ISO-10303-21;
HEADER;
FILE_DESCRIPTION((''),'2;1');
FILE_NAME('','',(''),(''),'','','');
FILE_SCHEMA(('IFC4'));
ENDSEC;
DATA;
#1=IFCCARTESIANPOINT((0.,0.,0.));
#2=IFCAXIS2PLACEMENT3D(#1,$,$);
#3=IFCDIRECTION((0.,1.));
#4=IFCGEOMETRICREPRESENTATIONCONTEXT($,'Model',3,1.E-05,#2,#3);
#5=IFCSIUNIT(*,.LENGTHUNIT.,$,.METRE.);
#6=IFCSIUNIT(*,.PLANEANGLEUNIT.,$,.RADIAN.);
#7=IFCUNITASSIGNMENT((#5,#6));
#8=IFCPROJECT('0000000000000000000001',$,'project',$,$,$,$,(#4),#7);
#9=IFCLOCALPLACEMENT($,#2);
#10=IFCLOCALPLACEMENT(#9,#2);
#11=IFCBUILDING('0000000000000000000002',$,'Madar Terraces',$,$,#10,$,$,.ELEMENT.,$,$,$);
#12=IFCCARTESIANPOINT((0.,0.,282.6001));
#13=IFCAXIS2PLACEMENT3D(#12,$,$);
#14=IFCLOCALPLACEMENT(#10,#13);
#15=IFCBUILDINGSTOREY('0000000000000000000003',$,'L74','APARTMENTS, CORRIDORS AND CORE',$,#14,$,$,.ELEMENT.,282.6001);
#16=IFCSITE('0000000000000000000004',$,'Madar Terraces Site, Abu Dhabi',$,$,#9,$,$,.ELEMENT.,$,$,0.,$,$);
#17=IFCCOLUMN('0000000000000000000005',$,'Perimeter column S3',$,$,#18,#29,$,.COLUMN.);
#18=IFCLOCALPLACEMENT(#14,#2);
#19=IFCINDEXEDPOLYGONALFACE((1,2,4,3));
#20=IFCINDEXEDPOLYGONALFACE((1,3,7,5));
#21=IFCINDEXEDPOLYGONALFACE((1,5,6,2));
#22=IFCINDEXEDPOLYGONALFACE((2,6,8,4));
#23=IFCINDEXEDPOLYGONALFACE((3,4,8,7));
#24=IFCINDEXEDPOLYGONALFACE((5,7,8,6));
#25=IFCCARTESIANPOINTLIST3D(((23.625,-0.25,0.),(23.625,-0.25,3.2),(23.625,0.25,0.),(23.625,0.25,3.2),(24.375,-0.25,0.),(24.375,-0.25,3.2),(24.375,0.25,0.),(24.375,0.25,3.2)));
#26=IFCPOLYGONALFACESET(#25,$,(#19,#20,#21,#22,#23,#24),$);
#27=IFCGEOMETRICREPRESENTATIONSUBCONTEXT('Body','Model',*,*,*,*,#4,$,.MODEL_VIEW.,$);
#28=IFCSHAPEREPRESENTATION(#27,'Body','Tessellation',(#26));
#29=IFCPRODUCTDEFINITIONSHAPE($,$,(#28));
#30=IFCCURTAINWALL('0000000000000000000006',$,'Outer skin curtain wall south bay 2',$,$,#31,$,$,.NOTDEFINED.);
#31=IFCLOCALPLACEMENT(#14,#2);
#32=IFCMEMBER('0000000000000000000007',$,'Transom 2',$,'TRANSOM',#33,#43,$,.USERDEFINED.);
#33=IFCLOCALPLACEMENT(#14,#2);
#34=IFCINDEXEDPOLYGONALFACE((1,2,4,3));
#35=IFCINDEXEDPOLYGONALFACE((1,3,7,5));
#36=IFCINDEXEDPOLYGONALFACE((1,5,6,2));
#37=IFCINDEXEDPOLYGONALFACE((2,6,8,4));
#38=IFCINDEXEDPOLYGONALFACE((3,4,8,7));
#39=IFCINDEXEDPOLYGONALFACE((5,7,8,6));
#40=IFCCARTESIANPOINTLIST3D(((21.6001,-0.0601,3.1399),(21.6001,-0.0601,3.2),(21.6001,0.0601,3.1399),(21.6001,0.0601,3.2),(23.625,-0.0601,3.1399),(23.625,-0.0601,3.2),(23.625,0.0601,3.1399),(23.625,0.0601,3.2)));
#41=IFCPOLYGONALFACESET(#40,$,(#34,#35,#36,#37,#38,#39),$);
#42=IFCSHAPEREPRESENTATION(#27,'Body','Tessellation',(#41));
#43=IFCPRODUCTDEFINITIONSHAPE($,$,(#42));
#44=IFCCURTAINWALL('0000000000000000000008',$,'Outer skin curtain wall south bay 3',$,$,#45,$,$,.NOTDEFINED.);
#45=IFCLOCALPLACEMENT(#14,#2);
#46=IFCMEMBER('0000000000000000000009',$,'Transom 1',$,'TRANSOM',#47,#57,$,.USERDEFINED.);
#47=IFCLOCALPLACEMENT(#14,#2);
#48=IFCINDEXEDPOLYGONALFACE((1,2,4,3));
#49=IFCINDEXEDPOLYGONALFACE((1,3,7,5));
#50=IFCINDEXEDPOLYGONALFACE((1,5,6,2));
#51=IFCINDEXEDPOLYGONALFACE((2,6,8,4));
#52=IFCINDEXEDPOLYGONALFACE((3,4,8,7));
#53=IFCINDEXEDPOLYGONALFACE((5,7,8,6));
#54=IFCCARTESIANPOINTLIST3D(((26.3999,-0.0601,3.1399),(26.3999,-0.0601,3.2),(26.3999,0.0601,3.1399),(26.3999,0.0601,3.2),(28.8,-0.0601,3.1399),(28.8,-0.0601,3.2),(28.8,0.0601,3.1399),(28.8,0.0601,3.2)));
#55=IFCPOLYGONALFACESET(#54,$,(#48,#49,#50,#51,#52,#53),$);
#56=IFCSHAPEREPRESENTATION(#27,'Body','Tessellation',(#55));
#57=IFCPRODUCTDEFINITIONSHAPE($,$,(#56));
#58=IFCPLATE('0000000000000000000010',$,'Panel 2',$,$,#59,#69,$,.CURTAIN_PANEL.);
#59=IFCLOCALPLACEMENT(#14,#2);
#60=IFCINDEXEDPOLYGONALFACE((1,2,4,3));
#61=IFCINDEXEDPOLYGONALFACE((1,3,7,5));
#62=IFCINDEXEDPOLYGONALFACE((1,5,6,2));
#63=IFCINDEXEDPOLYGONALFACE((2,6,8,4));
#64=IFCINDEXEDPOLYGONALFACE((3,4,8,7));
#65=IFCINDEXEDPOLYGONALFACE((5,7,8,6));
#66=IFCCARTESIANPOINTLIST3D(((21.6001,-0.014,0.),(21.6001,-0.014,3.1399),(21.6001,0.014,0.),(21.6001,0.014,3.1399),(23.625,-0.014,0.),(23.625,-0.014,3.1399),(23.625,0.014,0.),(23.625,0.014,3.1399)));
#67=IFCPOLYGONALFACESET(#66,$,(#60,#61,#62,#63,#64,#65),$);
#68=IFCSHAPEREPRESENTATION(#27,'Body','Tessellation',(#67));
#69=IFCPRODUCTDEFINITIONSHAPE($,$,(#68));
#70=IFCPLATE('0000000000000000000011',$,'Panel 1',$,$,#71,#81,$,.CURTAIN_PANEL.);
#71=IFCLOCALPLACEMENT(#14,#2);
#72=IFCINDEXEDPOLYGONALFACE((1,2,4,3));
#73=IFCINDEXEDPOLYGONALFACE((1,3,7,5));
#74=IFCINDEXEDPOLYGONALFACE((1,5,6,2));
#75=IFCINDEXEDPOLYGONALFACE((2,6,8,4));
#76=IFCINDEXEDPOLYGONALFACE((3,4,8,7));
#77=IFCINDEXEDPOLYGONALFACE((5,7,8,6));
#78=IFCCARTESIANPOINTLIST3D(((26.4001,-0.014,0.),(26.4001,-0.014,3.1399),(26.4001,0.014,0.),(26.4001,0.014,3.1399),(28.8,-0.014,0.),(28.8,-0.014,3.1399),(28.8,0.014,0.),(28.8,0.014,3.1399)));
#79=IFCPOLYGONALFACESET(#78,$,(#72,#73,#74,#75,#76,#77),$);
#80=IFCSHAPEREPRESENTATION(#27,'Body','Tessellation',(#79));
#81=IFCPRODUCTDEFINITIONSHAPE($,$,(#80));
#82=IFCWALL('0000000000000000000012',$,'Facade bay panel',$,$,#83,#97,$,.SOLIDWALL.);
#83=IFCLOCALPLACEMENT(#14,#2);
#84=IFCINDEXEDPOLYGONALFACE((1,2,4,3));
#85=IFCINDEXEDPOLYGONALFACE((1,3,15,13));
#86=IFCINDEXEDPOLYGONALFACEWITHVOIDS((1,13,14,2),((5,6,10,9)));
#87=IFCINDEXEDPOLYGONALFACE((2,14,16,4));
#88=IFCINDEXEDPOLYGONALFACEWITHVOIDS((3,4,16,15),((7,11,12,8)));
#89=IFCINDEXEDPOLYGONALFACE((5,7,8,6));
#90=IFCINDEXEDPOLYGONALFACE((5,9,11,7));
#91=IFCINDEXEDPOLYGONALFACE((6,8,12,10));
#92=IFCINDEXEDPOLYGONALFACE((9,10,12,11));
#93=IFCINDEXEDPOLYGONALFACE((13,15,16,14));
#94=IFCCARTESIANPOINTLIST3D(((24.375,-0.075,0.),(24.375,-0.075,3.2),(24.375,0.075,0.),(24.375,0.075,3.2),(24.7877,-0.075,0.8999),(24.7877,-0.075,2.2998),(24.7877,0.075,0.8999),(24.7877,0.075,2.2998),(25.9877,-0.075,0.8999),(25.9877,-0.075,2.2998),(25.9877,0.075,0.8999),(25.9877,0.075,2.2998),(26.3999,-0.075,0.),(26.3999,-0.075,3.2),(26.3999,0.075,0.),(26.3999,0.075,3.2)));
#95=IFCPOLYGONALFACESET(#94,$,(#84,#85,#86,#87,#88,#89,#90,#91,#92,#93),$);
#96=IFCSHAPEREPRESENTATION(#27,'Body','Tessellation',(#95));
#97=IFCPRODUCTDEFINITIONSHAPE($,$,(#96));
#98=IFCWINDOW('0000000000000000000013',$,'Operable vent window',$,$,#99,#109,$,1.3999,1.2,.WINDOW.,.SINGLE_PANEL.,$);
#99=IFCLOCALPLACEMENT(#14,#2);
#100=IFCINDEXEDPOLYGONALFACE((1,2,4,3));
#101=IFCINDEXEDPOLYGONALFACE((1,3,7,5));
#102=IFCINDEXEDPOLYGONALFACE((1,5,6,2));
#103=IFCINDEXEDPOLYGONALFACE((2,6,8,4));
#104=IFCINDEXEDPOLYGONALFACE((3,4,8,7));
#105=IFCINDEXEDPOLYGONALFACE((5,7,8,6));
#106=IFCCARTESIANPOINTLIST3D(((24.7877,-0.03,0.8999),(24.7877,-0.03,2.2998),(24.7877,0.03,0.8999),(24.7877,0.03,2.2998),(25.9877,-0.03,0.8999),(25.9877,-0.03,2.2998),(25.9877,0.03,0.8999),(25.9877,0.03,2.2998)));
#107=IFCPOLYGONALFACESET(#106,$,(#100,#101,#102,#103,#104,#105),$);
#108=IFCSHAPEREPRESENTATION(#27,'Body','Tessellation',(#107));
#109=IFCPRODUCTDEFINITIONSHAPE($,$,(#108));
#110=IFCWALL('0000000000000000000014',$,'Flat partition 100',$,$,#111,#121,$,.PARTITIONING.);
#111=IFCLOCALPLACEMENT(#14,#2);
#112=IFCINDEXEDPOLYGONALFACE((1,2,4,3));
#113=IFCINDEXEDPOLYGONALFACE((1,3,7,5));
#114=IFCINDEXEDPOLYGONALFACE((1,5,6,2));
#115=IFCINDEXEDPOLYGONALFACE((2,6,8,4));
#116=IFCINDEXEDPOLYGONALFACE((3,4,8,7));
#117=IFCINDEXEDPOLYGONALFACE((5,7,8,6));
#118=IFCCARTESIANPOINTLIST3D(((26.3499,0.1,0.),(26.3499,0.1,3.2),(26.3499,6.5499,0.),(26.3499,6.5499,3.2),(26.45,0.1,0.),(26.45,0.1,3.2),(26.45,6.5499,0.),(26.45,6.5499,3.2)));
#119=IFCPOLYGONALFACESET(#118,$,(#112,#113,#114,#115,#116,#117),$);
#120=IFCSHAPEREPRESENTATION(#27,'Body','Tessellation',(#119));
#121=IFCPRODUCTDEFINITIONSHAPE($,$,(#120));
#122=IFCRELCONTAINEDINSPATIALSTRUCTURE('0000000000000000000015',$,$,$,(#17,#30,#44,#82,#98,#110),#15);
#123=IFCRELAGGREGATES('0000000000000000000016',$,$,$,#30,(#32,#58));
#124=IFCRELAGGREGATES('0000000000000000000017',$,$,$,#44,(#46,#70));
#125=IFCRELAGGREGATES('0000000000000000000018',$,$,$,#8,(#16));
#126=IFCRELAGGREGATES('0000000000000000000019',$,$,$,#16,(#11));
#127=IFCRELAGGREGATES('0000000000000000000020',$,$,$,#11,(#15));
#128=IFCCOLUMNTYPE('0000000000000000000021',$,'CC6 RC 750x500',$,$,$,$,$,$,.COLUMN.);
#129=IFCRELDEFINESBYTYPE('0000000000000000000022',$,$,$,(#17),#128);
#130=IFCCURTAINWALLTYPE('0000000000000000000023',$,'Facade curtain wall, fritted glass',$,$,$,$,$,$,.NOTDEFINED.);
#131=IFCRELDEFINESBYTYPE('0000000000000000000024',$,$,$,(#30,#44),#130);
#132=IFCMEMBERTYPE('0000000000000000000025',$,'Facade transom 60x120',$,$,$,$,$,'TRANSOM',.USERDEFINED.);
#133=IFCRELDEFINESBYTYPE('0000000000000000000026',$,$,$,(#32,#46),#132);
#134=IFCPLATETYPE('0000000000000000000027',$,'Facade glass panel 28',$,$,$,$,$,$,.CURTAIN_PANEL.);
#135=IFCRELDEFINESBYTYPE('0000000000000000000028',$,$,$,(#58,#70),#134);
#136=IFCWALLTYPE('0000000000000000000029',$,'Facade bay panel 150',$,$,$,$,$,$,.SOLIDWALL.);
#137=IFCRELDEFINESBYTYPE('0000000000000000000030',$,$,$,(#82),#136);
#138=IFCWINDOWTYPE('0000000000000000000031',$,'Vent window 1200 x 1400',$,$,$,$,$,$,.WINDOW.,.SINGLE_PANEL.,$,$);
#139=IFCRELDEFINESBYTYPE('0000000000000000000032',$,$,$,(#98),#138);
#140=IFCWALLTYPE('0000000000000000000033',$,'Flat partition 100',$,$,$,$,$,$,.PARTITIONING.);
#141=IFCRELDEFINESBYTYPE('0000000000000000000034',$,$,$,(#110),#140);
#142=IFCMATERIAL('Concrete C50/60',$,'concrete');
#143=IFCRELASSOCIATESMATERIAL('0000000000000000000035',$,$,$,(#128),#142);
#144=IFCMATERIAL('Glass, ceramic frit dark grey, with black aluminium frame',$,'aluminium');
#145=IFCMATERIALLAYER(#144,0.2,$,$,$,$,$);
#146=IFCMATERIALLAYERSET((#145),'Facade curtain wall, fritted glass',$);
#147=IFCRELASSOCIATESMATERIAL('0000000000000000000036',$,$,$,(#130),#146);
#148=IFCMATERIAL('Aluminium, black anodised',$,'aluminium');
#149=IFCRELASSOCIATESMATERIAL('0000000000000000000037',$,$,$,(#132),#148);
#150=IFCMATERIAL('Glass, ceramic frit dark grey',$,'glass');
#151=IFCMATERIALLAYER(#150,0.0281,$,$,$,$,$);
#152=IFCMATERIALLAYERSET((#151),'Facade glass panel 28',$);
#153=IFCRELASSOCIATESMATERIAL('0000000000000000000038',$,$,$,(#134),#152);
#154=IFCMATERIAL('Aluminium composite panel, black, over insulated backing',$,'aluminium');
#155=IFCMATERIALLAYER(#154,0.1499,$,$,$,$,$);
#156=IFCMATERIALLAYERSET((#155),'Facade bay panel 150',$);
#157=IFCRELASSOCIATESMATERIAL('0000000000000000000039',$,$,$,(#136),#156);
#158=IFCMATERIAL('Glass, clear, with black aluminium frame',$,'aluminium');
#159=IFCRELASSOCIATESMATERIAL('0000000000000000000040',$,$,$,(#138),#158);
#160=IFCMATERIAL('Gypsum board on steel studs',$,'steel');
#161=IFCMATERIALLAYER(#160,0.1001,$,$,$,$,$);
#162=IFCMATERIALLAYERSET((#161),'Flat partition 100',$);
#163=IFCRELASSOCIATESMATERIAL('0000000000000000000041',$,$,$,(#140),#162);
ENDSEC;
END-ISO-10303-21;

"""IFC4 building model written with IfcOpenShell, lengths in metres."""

from ifc_helpers import new_model, si_unit, direction, frame, frame_2d, origin, origin_2d, place, context, subcontext, project, spatial, rectangle, extrude, material, layer, layer_set, material_profile, profile_set, type_object, element, fill, aggregate, save


model = new_model("IFC4")

# Units and contexts
model_context = context("Model", 3, precision=1e-05, world=origin(), true_north=direction((0.0, 1.0)))
body_context = subcontext(model_context, "Body", "Model", "MODEL_VIEW")
ifc_project = project(units=[si_unit("LENGTHUNIT", "METRE"), si_unit("PLANEANGLEUNIT", "RADIAN")], contexts=[model_context])

# Site, building, storey
site_placement = place(None, origin())
site = spatial("IfcSite", under=ifc_project, at=site_placement, Name="Madar Terraces Site, Abu Dhabi", CompositionType="ELEMENT", RefElevation=0.0)
building_placement = place(site_placement, origin())
building = spatial("IfcBuilding", under=site, at=building_placement, Name="Madar Terraces", CompositionType="ELEMENT")
storey_placement = place(building_placement, frame((0.0, 0.0, 282.6001)))
storey = spatial("IfcBuildingStorey", under=building, at=storey_placement, Name="L74", Description="APARTMENTS, CORRIDORS AND CORE", CompositionType="ELEMENT", Elevation=282.6001)

# Column
ifc_material_1 = material(Name="Concrete C50/60", Category="concrete")
ifc_material_profile_1 = material_profile(ifc_material_1, rectangle(XDim=0.75, YDim=0.5, at=origin_2d()), Name="CC6 RC 750x500")
ifc_profile_set_1 = profile_set([ifc_material_profile_1], Name="Concrete C50/60")
column_type = type_object("IfcColumnType", Name="CC6 RC 750x500", PredefinedType="COLUMN", material=ifc_profile_set_1)
column_placement = place(storey_placement, frame((24.0, 0.0, 0.0), z_axis=(0.0, 0.0, 1.0), x_axis=(1.0, 0.0, 0.0)))
element("IfcColumn", 1, at=column_placement, inside=storey, type_object=column_type, Name="Perimeter column S3", PredefinedType="COLUMN", context=body_context, shape_type="SweptSolid", body=[
    extrude(rectangle(XDim=0.75, YDim=0.5, at=origin_2d()), origin(), (0.0, 0.0, 1.0), 3.2),
])

# Curtain walls, members
ifc_material_2 = material(Name="Glass, ceramic frit dark grey, with black aluminium frame", Category="aluminium")
ifc_layer_1 = layer(ifc_material_2, 0.2)
ifc_layer_set_1 = layer_set([ifc_layer_1], Name="Facade curtain wall, fritted glass")
curtain_wall_type = type_object("IfcCurtainWallType", Name="Facade curtain wall, fritted glass", PredefinedType="NOTDEFINED", material=ifc_layer_set_1)
curtain_wall_1_placement = place(storey_placement, origin())
curtain_wall_1 = element("IfcCurtainWall", 2, at=curtain_wall_1_placement, inside=storey, type_object=curtain_wall_type, Name="Outer skin curtain wall south bay 2", PredefinedType="NOTDEFINED")
ifc_material_3 = material(Name="Aluminium, black anodised", Category="aluminium")
ifc_material_profile_2 = material_profile(ifc_material_3, rectangle(XDim=0.1201, YDim=0.0601, at=origin_2d()), Name="Facade transom 60x120")
ifc_profile_set_2 = profile_set([ifc_material_profile_2], Name="Aluminium, black anodised")
member_type = type_object("IfcMemberType", Name="Facade transom 60x120", ElementType="TRANSOM", PredefinedType="USERDEFINED", material=ifc_profile_set_2)
member_1_placement = place(storey_placement, frame((21.6001, 0.0, 3.1699), z_axis=(1.0, 0.0, 0.0), x_axis=(0.0, 1.0, 0.0)))
member_1 = element("IfcMember", 3, at=member_1_placement, type_object=member_type, Name="Transom 2", ObjectType="TRANSOM", PredefinedType="USERDEFINED", context=body_context, shape_type="SweptSolid", body=[
    extrude(rectangle(XDim=0.1201, YDim=0.0601, at=origin_2d()), origin(), (0.0, 0.0, 1.0), 2.0249),
])
curtain_wall_2_placement = place(storey_placement, origin())
curtain_wall_2 = element("IfcCurtainWall", 4, at=curtain_wall_2_placement, inside=storey, type_object=curtain_wall_type, Name="Outer skin curtain wall south bay 3", PredefinedType="NOTDEFINED")
member_2_placement = place(storey_placement, frame((26.3999, 0.0, 3.1699), z_axis=(1.0, 0.0, 0.0), x_axis=(0.0, 1.0, 0.0)))
member_2 = element("IfcMember", 5, at=member_2_placement, type_object=member_type, Name="Transom 1", ObjectType="TRANSOM", PredefinedType="USERDEFINED", context=body_context, shape_type="SweptSolid", body=[
    extrude(rectangle(XDim=0.1201, YDim=0.0601, at=origin_2d()), origin(), (0.0, 0.0, 1.0), 2.4001),
])

# Plates
ifc_material_4 = material(Name="Glass, ceramic frit dark grey", Category="glass")
ifc_layer_2 = layer(ifc_material_4, 0.0281)
ifc_layer_set_2 = layer_set([ifc_layer_2], Name="Facade glass panel 28")
plate_type = type_object("IfcPlateType", Name="Facade glass panel 28", PredefinedType="CURTAIN_PANEL", material=ifc_layer_set_2)
plate_1_placement = place(storey_placement, frame((22.6125, 0.0, 0.0), z_axis=(0.0, 0.0, 1.0), x_axis=(1.0, 0.0, 0.0)))
plate_1 = element("IfcPlate", 6, at=plate_1_placement, type_object=plate_type, Name="Panel 2", PredefinedType="CURTAIN_PANEL", context=body_context, shape_type="SweptSolid", body=[
    extrude(rectangle(XDim=2.0249, YDim=0.0281, at=origin_2d()), origin(), (0.0, 0.0, 1.0), 3.1399),
])
aggregate(curtain_wall_1, [member_1, plate_1])
plate_2_placement = place(storey_placement, frame((27.6001, 0.0, 0.0), z_axis=(0.0, 0.0, 1.0), x_axis=(1.0, 0.0, 0.0)))
plate_2 = element("IfcPlate", 7, at=plate_2_placement, type_object=plate_type, Name="Panel 1", PredefinedType="CURTAIN_PANEL", context=body_context, shape_type="SweptSolid", body=[
    extrude(rectangle(XDim=2.3999, YDim=0.0281, at=origin_2d()), origin(), (0.0, 0.0, 1.0), 3.1399),
])
aggregate(curtain_wall_2, [member_2, plate_2])

# Wall, opening, window
ifc_material_5 = material(Name="Aluminium composite panel, black, over insulated backing", Category="aluminium")
ifc_layer_3 = layer(ifc_material_5, 0.1499)
ifc_layer_set_3 = layer_set([ifc_layer_3], Name="Facade bay panel 150")
wall_type_1 = type_object("IfcWallType", Name="Facade bay panel 150", PredefinedType="SOLIDWALL", material=ifc_layer_set_3)
wall_1_placement = place(storey_placement, frame((24.375, 0.0, 0.0), z_axis=(0.0, 0.0, 1.0), x_axis=(1.0, 0.0, 0.0)))
wall_1 = element("IfcWall", 8, at=wall_1_placement, inside=storey, type_object=wall_type_1, Name="Facade bay panel", PredefinedType="SOLIDWALL", context=body_context, shape_type="SweptSolid", body=[
    extrude(rectangle(XDim=2.0249, YDim=0.1499, at=frame_2d((1.0125, 0.0))), origin(), (0.0, 0.0, 1.0), 3.2),
])
opening_1_placement = place(wall_1_placement, frame((0.4126, 0.0, 0.8999)))
opening_1 = element("IfcOpeningElement", 9, at=opening_1_placement, cuts=wall_1, PredefinedType="OPENING", context=body_context, shape_type="SweptSolid", body=[
    extrude(rectangle(XDim=1.2, YDim=1.3999, at=frame_2d((0.6001, 0.7))), frame((0.0, 0.085, 0.0), z_axis=(0.0, -1.0, 0.0), x_axis=(1.0, 0.0, 0.0)), (0.0, 0.0, 1.0), 0.1699),
])
ifc_material_6 = material(Name="Glass, clear, with black aluminium frame", Category="aluminium")
window_type = type_object("IfcWindowType", Name="Vent window 1200 x 1400", PartitioningType="SINGLE_PANEL", PredefinedType="WINDOW", material=ifc_material_6)
window_1_placement = place(opening_1_placement, origin())
window_1 = element("IfcWindow", 10, at=window_1_placement, inside=storey, type_object=window_type, Name="Operable vent window", OverallHeight=1.3999, OverallWidth=1.2, PartitioningType="SINGLE_PANEL", PredefinedType="WINDOW", context=body_context, shape_type="SweptSolid", body=[
    extrude(rectangle(XDim=1.2, YDim=1.3999, at=frame_2d((0.6001, 0.7))), frame((0.0, 0.03, 0.0), z_axis=(0.0, -1.0, 0.0), x_axis=(1.0, 0.0, 0.0)), (0.0, 0.0, 1.0), 0.0601),
])
fill(opening_1, window_1)

# Wall
ifc_material_7 = material(Name="Gypsum board on steel studs", Category="steel")
ifc_layer_4 = layer(ifc_material_7, 0.1001)
ifc_layer_set_4 = layer_set([ifc_layer_4], Name="Flat partition 100")
wall_type_2 = type_object("IfcWallType", Name="Flat partition 100", PredefinedType="PARTITIONING", material=ifc_layer_set_4)
wall_2_placement = place(storey_placement, frame((26.3999, 6.55, 0.0), z_axis=(0.0, 0.0, 1.0), x_axis=(0.0, -1.0, 0.0)))
element("IfcWall", 11, at=wall_2_placement, inside=storey, type_object=wall_type_2, Name="Flat partition 100", PredefinedType="PARTITIONING", context=body_context, shape_type="SweptSolid", body=[
    extrude(rectangle(XDim=6.45, YDim=0.1001, at=frame_2d((3.2251, 0.0))), origin(), (0.0, 0.0, 1.0), 3.2),
])

save(model, "model.ifc")
